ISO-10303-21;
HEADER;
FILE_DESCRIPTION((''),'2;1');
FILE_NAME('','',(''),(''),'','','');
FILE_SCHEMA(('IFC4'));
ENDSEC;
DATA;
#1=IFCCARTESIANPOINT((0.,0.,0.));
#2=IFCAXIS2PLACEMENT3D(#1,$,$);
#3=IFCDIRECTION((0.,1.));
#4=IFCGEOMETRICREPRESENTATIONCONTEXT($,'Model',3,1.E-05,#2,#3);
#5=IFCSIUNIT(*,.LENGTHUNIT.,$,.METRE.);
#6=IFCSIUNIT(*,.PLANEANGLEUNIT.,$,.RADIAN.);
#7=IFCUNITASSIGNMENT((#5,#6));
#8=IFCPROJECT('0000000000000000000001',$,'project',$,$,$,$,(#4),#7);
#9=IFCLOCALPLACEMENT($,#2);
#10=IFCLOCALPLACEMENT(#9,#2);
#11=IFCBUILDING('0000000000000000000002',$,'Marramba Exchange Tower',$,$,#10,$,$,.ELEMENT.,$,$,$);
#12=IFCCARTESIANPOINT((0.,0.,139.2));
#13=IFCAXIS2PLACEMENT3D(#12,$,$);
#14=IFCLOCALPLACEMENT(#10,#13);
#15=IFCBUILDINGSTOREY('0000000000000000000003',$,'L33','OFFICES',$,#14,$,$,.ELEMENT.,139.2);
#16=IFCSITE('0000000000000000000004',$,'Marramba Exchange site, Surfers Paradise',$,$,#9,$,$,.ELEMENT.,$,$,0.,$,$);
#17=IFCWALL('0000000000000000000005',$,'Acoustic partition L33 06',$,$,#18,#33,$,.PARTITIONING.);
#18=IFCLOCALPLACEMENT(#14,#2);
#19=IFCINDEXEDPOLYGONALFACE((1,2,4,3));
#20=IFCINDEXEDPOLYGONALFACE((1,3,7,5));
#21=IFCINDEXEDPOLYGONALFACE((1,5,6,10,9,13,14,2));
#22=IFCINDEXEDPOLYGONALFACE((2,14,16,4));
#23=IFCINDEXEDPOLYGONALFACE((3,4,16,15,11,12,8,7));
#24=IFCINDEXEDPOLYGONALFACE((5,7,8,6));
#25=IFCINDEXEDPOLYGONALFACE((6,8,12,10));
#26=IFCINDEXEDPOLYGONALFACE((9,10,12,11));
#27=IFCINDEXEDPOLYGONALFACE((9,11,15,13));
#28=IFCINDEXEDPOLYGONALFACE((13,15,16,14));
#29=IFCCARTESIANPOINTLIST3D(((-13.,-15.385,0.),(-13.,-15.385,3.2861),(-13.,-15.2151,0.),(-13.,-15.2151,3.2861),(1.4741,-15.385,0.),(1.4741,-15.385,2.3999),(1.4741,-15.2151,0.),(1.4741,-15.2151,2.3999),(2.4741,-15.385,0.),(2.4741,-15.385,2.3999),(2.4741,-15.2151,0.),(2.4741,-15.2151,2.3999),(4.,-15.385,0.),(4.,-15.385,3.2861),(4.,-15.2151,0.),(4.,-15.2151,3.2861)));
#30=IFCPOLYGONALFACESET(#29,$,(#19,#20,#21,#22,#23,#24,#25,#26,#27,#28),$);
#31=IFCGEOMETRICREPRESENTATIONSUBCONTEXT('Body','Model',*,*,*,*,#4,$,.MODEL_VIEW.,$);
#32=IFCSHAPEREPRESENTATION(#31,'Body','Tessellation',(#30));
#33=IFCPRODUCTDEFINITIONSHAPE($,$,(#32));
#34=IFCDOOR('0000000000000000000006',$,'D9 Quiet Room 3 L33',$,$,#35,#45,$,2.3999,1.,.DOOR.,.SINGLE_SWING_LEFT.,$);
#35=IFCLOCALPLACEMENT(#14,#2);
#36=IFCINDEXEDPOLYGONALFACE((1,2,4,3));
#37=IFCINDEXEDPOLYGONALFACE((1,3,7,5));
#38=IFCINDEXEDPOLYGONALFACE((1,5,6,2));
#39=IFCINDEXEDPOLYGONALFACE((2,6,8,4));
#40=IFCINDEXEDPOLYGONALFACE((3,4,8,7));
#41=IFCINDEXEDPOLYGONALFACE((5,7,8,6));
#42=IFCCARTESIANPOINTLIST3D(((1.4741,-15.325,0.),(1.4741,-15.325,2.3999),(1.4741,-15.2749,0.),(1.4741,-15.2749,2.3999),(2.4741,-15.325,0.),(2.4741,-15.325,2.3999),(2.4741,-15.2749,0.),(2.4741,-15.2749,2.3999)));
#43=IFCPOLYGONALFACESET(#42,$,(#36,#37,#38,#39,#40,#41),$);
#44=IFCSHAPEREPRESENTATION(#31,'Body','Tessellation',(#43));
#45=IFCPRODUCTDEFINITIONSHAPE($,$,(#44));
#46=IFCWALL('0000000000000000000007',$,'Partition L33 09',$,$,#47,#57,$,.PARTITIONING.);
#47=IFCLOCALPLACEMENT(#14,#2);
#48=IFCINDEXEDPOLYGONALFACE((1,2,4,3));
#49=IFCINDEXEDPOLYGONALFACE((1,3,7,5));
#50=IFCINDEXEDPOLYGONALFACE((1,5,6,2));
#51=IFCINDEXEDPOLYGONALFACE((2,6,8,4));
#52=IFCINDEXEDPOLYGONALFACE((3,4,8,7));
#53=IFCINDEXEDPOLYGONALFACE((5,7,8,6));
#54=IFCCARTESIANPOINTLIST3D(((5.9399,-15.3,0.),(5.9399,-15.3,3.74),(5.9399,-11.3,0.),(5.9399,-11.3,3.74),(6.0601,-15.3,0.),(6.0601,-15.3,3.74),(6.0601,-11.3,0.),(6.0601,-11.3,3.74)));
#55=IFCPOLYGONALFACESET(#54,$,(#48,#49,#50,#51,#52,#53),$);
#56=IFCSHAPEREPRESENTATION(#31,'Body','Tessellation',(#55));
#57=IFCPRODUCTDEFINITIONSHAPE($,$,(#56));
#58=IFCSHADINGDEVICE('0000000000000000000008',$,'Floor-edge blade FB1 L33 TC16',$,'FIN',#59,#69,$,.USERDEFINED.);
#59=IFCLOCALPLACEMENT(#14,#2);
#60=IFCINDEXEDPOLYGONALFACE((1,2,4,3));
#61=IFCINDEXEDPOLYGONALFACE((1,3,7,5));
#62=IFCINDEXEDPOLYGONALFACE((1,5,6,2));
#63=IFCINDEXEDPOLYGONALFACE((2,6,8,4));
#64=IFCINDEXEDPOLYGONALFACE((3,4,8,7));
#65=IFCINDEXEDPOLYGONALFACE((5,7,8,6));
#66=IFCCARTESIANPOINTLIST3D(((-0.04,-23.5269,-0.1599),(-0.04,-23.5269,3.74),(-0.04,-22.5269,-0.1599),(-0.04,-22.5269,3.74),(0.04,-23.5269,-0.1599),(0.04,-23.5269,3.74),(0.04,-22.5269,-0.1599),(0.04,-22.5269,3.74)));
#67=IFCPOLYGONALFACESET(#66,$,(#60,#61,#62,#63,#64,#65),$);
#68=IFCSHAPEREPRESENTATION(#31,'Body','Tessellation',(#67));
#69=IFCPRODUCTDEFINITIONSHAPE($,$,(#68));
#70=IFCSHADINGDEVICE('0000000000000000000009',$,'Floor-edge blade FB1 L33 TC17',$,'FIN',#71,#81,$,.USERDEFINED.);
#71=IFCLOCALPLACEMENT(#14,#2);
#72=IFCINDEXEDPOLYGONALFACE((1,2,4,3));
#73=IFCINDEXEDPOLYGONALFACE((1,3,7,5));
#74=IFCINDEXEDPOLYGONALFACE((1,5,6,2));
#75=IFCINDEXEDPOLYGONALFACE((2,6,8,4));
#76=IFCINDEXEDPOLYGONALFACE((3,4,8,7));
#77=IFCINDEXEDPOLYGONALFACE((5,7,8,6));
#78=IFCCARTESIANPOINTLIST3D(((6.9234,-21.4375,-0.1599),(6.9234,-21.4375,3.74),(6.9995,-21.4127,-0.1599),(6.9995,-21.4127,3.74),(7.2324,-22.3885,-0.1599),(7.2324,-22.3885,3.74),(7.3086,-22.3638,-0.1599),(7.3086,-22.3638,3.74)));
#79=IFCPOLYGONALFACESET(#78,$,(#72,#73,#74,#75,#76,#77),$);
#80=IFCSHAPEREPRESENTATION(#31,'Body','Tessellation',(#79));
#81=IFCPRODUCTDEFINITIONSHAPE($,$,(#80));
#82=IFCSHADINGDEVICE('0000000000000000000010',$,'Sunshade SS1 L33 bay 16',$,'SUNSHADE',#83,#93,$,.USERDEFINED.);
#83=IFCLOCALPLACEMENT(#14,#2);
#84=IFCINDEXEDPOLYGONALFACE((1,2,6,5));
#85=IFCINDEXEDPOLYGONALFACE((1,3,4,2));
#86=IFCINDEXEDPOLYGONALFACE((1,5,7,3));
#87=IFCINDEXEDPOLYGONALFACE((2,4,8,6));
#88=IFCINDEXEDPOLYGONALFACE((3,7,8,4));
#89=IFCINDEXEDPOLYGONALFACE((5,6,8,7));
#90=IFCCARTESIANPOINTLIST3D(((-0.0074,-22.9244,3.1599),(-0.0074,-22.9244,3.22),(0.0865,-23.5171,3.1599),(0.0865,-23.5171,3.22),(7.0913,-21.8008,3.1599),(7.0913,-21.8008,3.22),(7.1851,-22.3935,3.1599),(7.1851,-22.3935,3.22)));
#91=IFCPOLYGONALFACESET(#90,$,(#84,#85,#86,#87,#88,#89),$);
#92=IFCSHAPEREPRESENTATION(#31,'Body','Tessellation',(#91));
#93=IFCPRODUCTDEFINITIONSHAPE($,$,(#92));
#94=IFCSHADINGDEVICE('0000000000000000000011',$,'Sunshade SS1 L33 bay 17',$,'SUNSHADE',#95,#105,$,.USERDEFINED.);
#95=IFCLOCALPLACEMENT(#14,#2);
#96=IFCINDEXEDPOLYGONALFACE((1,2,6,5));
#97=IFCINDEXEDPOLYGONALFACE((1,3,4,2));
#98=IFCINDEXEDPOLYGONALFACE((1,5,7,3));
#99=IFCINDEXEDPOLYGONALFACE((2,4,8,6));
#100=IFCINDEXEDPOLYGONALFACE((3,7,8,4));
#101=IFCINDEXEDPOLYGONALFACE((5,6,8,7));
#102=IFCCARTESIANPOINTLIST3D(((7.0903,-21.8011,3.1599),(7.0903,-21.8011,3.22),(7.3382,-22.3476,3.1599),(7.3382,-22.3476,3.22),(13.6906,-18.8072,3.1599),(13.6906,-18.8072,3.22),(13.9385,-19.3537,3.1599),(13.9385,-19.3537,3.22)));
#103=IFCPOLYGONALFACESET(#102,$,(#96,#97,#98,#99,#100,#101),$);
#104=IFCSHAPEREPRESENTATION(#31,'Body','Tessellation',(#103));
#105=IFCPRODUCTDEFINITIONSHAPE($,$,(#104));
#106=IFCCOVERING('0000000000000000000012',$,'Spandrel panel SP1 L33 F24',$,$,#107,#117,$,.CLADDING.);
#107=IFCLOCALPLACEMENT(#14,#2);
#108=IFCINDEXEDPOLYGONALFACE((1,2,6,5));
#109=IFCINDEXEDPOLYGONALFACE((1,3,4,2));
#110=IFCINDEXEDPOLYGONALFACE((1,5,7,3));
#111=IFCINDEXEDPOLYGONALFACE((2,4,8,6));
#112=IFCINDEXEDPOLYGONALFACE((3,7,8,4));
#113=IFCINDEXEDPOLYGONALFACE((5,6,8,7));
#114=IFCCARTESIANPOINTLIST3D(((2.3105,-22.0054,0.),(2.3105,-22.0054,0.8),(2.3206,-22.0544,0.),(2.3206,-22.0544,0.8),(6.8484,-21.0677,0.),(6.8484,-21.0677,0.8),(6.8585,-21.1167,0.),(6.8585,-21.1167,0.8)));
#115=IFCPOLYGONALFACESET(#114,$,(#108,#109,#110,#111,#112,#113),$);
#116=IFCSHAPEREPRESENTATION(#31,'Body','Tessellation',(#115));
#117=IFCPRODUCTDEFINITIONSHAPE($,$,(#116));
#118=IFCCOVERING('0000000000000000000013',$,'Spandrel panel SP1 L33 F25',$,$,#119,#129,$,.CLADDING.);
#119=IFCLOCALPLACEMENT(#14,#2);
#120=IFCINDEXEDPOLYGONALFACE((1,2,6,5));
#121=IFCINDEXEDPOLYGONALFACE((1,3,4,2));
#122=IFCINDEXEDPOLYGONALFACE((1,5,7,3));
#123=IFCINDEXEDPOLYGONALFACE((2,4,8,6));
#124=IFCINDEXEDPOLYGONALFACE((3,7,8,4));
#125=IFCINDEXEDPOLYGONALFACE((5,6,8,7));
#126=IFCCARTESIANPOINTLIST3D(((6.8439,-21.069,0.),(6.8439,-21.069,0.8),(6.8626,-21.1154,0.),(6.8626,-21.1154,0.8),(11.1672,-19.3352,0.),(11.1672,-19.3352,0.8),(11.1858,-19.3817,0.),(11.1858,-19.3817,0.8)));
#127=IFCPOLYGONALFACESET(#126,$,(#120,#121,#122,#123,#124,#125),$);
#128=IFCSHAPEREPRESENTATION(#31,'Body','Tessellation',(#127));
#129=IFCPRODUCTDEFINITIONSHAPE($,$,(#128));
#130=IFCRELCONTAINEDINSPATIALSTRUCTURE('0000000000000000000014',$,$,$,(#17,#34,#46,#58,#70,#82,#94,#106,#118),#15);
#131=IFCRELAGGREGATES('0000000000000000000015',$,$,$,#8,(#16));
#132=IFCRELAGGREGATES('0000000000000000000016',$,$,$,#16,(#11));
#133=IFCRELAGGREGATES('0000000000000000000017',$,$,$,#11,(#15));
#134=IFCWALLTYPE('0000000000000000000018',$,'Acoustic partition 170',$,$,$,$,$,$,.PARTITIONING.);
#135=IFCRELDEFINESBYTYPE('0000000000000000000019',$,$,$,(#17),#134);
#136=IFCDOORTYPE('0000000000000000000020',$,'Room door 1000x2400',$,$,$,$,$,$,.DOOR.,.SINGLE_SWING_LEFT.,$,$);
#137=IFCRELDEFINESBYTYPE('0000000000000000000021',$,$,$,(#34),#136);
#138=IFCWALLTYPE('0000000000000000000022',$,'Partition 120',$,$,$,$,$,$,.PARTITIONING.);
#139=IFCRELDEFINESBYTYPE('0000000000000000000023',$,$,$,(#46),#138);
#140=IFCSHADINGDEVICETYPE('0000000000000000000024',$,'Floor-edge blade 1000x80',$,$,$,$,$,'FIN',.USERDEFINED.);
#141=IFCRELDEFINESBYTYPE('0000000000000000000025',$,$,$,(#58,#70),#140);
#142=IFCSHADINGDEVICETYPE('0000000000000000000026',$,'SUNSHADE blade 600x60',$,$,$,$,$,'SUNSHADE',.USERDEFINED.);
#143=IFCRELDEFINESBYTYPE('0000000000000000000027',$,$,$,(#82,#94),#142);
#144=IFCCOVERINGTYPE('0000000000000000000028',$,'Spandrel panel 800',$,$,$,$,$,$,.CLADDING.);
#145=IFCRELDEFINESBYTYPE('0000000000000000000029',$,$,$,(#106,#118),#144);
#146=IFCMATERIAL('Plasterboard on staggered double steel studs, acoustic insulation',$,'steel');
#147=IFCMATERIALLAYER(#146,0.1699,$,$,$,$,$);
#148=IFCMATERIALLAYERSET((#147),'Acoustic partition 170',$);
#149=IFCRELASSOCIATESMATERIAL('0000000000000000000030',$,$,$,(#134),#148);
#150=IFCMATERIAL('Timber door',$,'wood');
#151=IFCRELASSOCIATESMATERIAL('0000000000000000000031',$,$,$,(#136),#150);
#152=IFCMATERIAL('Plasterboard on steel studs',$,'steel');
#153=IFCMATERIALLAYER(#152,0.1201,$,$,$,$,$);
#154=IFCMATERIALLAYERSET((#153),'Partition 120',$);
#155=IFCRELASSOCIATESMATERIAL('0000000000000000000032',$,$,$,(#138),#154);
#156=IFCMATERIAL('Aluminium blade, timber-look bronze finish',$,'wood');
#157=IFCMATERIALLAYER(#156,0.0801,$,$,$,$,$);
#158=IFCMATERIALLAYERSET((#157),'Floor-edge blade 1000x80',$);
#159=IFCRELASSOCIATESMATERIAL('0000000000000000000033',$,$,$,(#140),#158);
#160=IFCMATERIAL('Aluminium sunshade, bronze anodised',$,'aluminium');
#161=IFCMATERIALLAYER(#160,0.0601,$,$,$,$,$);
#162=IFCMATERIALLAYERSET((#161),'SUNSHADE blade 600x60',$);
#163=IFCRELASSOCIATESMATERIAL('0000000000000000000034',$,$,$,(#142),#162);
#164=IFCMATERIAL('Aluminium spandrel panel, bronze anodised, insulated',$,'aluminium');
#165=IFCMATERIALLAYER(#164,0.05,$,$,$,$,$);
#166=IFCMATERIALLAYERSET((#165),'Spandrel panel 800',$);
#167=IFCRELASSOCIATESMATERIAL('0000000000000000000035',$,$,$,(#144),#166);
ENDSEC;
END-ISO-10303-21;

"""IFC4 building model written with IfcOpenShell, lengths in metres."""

from ifc_helpers import new_model, si_unit, direction, frame, frame_2d, origin, origin_2d, place, context, subcontext, project, spatial, rectangle, extrude, material, layer, layer_set, type_object, element, fill, save


model = new_model("IFC4")

# Units and contexts
model_context = context("Model", 3, precision=1e-05, world=origin(), true_north=direction((0.0, 1.0)))
body_context = subcontext(model_context, "Body", "Model", "MODEL_VIEW")
ifc_project = project(units=[si_unit("LENGTHUNIT", "METRE"), si_unit("PLANEANGLEUNIT", "RADIAN")], contexts=[model_context])

# Site, building, storey
site_placement = place(None, origin())
site = spatial("IfcSite", under=ifc_project, at=site_placement, Name="Marramba Exchange site, Surfers Paradise", CompositionType="ELEMENT", RefElevation=0.0)
building_placement = place(site_placement, origin())
building = spatial("IfcBuilding", under=site, at=building_placement, Name="Marramba Exchange Tower", CompositionType="ELEMENT")
storey_placement = place(building_placement, frame((0.0, 0.0, 139.2)))
storey = spatial("IfcBuildingStorey", under=building, at=storey_placement, Name="L33", Description="OFFICES", CompositionType="ELEMENT", Elevation=139.2)

# Wall, opening, door
ifc_material_1 = material(Name="Plasterboard on staggered double steel studs, acoustic insulation", Category="steel")
ifc_layer_1 = layer(ifc_material_1, 0.1699)
ifc_layer_set_1 = layer_set([ifc_layer_1], Name="Acoustic partition 170")
wall_type_1 = type_object("IfcWallType", Name="Acoustic partition 170", PredefinedType="PARTITIONING", material=ifc_layer_set_1)
wall_1_placement = place(storey_placement, frame((4.0, -15.3, 0.0), z_axis=(0.0, 0.0, 1.0), x_axis=(-1.0, 0.0, 0.0)))
wall_1 = element("IfcWall", 1, at=wall_1_placement, inside=storey, type_object=wall_type_1, Name="Acoustic partition L33 06", PredefinedType="PARTITIONING", context=body_context, shape_type="SweptSolid", body=[
    extrude(rectangle(XDim=17.0, YDim=0.1699, at=frame_2d((8.5, 0.0))), origin(), (0.0, 0.0, 1.0), 3.2861),
])
opening_placement = place(wall_1_placement, frame((1.5259, 0.0, 0.0)))
opening = element("IfcOpeningElement", 2, at=opening_placement, cuts=wall_1, PredefinedType="OPENING", context=body_context, shape_type="SweptSolid", body=[
    extrude(rectangle(XDim=1.0, YDim=2.3999, at=frame_2d((0.5, 1.2))), frame((0.0, 0.095, 0.0), z_axis=(0.0, -1.0, 0.0), x_axis=(1.0, 0.0, 0.0)), (0.0, 0.0, 1.0), 0.1899),
])
ifc_material_2 = material(Name="Timber door", Category="wood")
door_type = type_object("IfcDoorType", Name="Room door 1000x2400", OperationType="SINGLE_SWING_LEFT", PredefinedType="DOOR", material=ifc_material_2)
door_placement = place(opening_placement, frame((1.0, 0.0, 0.0), z_axis=(0.0, 0.0, 1.0), x_axis=(-1.0, 0.0, 0.0)))
door = element("IfcDoor", 3, at=door_placement, inside=storey, type_object=door_type, Name="D9 Quiet Room 3 L33", OperationType="SINGLE_SWING_LEFT", OverallHeight=2.3999, OverallWidth=1.0, PredefinedType="DOOR", context=body_context, shape_type="SweptSolid", body=[
    extrude(rectangle(XDim=1.0, YDim=2.3999, at=frame_2d((0.5, 1.2))), frame((0.0, 0.0251, 0.0), z_axis=(0.0, -1.0, 0.0), x_axis=(1.0, 0.0, 0.0)), (0.0, 0.0, 1.0), 0.05),
])
fill(opening, door)

# Wall
ifc_material_3 = material(Name="Plasterboard on steel studs", Category="steel")
ifc_layer_2 = layer(ifc_material_3, 0.1201)
ifc_layer_set_2 = layer_set([ifc_layer_2], Name="Partition 120")
wall_type_2 = type_object("IfcWallType", Name="Partition 120", PredefinedType="PARTITIONING", material=ifc_layer_set_2)
wall_2_placement = place(storey_placement, frame((6.0, -15.3, 0.0), z_axis=(0.0, 0.0, 1.0), x_axis=(0.0, 1.0, 0.0)))
element("IfcWall", 4, at=wall_2_placement, inside=storey, type_object=wall_type_2, Name="Partition L33 09", PredefinedType="PARTITIONING", context=body_context, shape_type="SweptSolid", body=[
    extrude(rectangle(XDim=4.0, YDim=0.1201, at=frame_2d((2.0, 0.0))), origin(), (0.0, 0.0, 1.0), 3.74),
])

# Shading devices
ifc_material_4 = material(Name="Aluminium blade, timber-look bronze finish", Category="wood")
ifc_layer_3 = layer(ifc_material_4, 0.0801)
ifc_layer_set_3 = layer_set([ifc_layer_3], Name="Floor-edge blade 1000x80")
shading_device_type_1 = type_object("IfcShadingDeviceType", Name="Floor-edge blade 1000x80", ElementType="FIN", PredefinedType="USERDEFINED", material=ifc_layer_set_3)
for number, where, z_axis, x_axis, name in (
    (5, (0.0, -23.0269, -0.1599), (0.0, 0.0, 1.0), (0.0, -1.0, 0.0), "Floor-edge blade FB1 L33 TC16"),
    (6, (7.116, -21.9006, -0.1599), (0.0, 0.0, 1.0), (0.309017, -0.951057, 0.0), "Floor-edge blade FB1 L33 TC17"),
):
    element("IfcShadingDevice", number, at=place(storey_placement, frame(where, z_axis=z_axis, x_axis=x_axis)), inside=storey, type_object=shading_device_type_1, Name=name, ObjectType="FIN", PredefinedType="USERDEFINED", context=body_context, shape_type="SweptSolid", body=[
        extrude(rectangle(XDim=1.0, YDim=0.0801, at=origin_2d()), origin(), (0.0, 0.0, 1.0), 3.8999),
    ])
ifc_material_5 = material(Name="Aluminium sunshade, bronze anodised", Category="aluminium")
ifc_layer_4 = layer(ifc_material_5, 0.0601)
ifc_layer_set_4 = layer_set([ifc_layer_4], Name="SUNSHADE blade 600x60")
shading_device_type_2 = type_object("IfcShadingDeviceType", Name="SUNSHADE blade 600x60", ElementType="SUNSHADE", PredefinedType="USERDEFINED", material=ifc_layer_set_4)
shading_device_1_placement = place(storey_placement, frame((3.5889, -22.6589, 3.1599), z_axis=(0.0, 0.0, 1.0), x_axis=(0.987705, 0.15633, 0.0)))
element("IfcShadingDevice", 7, at=shading_device_1_placement, inside=storey, type_object=shading_device_type_2, Name="Sunshade SS1 L33 bay 16", ObjectType="SUNSHADE", PredefinedType="USERDEFINED", context=body_context, shape_type="SweptSolid", body=[
    extrude(rectangle(XDim=7.187, YDim=0.6001, at=origin_2d()), origin(), (0.0, 0.0, 1.0), 0.0601),
])
shading_device_2_placement = place(storey_placement, frame((10.5144, -20.5774, 3.1599), z_axis=(0.0, 0.0, 1.0), x_axis=(0.910692, 0.413086, 0.0)))
element("IfcShadingDevice", 8, at=shading_device_2_placement, inside=storey, type_object=shading_device_type_2, Name="Sunshade SS1 L33 bay 17", ObjectType="SUNSHADE", PredefinedType="USERDEFINED", context=body_context, shape_type="SweptSolid", body=[
    extrude(rectangle(XDim=7.2476, YDim=0.6001, at=origin_2d()), origin(), (0.0, 0.0, 1.0), 0.0601),
])

# Coverings
ifc_material_6 = material(Name="Aluminium spandrel panel, bronze anodised, insulated", Category="aluminium")
ifc_layer_5 = layer(ifc_material_6, 0.05)
ifc_layer_set_5 = layer_set([ifc_layer_5], Name="Spandrel panel 800")
covering_type = type_object("IfcCoveringType", Name="Spandrel panel 800", PredefinedType="CLADDING", material=ifc_layer_set_5)
covering_1_placement = place(storey_placement, frame((4.5845, -21.561, 0.0), z_axis=(0.0, 0.0, 1.0), x_axis=(0.97931, 0.202365, 0.0)))
element("IfcCovering", 9, at=covering_1_placement, inside=storey, type_object=covering_type, Name="Spandrel panel SP1 L33 F24", PredefinedType="CLADDING", context=body_context, shape_type="SweptSolid", body=[
    extrude(rectangle(XDim=4.6338, YDim=0.05, at=origin_2d()), origin(), (0.0, 0.0, 1.0), 0.8),
])
covering_2_placement = place(storey_placement, frame((9.0149, -20.2253, 0.0), z_axis=(0.0, 0.0, 1.0), x_axis=(0.928149, 0.372209, 0.0)))
element("IfcCovering", 10, at=covering_2_placement, inside=storey, type_object=covering_type, Name="Spandrel panel SP1 L33 F25", PredefinedType="CLADDING", context=body_context, shape_type="SweptSolid", body=[
    extrude(rectangle(XDim=4.658, YDim=0.05, at=origin_2d()), origin(), (0.0, 0.0, 1.0), 0.8),
])

save(model, "model.ifc")
